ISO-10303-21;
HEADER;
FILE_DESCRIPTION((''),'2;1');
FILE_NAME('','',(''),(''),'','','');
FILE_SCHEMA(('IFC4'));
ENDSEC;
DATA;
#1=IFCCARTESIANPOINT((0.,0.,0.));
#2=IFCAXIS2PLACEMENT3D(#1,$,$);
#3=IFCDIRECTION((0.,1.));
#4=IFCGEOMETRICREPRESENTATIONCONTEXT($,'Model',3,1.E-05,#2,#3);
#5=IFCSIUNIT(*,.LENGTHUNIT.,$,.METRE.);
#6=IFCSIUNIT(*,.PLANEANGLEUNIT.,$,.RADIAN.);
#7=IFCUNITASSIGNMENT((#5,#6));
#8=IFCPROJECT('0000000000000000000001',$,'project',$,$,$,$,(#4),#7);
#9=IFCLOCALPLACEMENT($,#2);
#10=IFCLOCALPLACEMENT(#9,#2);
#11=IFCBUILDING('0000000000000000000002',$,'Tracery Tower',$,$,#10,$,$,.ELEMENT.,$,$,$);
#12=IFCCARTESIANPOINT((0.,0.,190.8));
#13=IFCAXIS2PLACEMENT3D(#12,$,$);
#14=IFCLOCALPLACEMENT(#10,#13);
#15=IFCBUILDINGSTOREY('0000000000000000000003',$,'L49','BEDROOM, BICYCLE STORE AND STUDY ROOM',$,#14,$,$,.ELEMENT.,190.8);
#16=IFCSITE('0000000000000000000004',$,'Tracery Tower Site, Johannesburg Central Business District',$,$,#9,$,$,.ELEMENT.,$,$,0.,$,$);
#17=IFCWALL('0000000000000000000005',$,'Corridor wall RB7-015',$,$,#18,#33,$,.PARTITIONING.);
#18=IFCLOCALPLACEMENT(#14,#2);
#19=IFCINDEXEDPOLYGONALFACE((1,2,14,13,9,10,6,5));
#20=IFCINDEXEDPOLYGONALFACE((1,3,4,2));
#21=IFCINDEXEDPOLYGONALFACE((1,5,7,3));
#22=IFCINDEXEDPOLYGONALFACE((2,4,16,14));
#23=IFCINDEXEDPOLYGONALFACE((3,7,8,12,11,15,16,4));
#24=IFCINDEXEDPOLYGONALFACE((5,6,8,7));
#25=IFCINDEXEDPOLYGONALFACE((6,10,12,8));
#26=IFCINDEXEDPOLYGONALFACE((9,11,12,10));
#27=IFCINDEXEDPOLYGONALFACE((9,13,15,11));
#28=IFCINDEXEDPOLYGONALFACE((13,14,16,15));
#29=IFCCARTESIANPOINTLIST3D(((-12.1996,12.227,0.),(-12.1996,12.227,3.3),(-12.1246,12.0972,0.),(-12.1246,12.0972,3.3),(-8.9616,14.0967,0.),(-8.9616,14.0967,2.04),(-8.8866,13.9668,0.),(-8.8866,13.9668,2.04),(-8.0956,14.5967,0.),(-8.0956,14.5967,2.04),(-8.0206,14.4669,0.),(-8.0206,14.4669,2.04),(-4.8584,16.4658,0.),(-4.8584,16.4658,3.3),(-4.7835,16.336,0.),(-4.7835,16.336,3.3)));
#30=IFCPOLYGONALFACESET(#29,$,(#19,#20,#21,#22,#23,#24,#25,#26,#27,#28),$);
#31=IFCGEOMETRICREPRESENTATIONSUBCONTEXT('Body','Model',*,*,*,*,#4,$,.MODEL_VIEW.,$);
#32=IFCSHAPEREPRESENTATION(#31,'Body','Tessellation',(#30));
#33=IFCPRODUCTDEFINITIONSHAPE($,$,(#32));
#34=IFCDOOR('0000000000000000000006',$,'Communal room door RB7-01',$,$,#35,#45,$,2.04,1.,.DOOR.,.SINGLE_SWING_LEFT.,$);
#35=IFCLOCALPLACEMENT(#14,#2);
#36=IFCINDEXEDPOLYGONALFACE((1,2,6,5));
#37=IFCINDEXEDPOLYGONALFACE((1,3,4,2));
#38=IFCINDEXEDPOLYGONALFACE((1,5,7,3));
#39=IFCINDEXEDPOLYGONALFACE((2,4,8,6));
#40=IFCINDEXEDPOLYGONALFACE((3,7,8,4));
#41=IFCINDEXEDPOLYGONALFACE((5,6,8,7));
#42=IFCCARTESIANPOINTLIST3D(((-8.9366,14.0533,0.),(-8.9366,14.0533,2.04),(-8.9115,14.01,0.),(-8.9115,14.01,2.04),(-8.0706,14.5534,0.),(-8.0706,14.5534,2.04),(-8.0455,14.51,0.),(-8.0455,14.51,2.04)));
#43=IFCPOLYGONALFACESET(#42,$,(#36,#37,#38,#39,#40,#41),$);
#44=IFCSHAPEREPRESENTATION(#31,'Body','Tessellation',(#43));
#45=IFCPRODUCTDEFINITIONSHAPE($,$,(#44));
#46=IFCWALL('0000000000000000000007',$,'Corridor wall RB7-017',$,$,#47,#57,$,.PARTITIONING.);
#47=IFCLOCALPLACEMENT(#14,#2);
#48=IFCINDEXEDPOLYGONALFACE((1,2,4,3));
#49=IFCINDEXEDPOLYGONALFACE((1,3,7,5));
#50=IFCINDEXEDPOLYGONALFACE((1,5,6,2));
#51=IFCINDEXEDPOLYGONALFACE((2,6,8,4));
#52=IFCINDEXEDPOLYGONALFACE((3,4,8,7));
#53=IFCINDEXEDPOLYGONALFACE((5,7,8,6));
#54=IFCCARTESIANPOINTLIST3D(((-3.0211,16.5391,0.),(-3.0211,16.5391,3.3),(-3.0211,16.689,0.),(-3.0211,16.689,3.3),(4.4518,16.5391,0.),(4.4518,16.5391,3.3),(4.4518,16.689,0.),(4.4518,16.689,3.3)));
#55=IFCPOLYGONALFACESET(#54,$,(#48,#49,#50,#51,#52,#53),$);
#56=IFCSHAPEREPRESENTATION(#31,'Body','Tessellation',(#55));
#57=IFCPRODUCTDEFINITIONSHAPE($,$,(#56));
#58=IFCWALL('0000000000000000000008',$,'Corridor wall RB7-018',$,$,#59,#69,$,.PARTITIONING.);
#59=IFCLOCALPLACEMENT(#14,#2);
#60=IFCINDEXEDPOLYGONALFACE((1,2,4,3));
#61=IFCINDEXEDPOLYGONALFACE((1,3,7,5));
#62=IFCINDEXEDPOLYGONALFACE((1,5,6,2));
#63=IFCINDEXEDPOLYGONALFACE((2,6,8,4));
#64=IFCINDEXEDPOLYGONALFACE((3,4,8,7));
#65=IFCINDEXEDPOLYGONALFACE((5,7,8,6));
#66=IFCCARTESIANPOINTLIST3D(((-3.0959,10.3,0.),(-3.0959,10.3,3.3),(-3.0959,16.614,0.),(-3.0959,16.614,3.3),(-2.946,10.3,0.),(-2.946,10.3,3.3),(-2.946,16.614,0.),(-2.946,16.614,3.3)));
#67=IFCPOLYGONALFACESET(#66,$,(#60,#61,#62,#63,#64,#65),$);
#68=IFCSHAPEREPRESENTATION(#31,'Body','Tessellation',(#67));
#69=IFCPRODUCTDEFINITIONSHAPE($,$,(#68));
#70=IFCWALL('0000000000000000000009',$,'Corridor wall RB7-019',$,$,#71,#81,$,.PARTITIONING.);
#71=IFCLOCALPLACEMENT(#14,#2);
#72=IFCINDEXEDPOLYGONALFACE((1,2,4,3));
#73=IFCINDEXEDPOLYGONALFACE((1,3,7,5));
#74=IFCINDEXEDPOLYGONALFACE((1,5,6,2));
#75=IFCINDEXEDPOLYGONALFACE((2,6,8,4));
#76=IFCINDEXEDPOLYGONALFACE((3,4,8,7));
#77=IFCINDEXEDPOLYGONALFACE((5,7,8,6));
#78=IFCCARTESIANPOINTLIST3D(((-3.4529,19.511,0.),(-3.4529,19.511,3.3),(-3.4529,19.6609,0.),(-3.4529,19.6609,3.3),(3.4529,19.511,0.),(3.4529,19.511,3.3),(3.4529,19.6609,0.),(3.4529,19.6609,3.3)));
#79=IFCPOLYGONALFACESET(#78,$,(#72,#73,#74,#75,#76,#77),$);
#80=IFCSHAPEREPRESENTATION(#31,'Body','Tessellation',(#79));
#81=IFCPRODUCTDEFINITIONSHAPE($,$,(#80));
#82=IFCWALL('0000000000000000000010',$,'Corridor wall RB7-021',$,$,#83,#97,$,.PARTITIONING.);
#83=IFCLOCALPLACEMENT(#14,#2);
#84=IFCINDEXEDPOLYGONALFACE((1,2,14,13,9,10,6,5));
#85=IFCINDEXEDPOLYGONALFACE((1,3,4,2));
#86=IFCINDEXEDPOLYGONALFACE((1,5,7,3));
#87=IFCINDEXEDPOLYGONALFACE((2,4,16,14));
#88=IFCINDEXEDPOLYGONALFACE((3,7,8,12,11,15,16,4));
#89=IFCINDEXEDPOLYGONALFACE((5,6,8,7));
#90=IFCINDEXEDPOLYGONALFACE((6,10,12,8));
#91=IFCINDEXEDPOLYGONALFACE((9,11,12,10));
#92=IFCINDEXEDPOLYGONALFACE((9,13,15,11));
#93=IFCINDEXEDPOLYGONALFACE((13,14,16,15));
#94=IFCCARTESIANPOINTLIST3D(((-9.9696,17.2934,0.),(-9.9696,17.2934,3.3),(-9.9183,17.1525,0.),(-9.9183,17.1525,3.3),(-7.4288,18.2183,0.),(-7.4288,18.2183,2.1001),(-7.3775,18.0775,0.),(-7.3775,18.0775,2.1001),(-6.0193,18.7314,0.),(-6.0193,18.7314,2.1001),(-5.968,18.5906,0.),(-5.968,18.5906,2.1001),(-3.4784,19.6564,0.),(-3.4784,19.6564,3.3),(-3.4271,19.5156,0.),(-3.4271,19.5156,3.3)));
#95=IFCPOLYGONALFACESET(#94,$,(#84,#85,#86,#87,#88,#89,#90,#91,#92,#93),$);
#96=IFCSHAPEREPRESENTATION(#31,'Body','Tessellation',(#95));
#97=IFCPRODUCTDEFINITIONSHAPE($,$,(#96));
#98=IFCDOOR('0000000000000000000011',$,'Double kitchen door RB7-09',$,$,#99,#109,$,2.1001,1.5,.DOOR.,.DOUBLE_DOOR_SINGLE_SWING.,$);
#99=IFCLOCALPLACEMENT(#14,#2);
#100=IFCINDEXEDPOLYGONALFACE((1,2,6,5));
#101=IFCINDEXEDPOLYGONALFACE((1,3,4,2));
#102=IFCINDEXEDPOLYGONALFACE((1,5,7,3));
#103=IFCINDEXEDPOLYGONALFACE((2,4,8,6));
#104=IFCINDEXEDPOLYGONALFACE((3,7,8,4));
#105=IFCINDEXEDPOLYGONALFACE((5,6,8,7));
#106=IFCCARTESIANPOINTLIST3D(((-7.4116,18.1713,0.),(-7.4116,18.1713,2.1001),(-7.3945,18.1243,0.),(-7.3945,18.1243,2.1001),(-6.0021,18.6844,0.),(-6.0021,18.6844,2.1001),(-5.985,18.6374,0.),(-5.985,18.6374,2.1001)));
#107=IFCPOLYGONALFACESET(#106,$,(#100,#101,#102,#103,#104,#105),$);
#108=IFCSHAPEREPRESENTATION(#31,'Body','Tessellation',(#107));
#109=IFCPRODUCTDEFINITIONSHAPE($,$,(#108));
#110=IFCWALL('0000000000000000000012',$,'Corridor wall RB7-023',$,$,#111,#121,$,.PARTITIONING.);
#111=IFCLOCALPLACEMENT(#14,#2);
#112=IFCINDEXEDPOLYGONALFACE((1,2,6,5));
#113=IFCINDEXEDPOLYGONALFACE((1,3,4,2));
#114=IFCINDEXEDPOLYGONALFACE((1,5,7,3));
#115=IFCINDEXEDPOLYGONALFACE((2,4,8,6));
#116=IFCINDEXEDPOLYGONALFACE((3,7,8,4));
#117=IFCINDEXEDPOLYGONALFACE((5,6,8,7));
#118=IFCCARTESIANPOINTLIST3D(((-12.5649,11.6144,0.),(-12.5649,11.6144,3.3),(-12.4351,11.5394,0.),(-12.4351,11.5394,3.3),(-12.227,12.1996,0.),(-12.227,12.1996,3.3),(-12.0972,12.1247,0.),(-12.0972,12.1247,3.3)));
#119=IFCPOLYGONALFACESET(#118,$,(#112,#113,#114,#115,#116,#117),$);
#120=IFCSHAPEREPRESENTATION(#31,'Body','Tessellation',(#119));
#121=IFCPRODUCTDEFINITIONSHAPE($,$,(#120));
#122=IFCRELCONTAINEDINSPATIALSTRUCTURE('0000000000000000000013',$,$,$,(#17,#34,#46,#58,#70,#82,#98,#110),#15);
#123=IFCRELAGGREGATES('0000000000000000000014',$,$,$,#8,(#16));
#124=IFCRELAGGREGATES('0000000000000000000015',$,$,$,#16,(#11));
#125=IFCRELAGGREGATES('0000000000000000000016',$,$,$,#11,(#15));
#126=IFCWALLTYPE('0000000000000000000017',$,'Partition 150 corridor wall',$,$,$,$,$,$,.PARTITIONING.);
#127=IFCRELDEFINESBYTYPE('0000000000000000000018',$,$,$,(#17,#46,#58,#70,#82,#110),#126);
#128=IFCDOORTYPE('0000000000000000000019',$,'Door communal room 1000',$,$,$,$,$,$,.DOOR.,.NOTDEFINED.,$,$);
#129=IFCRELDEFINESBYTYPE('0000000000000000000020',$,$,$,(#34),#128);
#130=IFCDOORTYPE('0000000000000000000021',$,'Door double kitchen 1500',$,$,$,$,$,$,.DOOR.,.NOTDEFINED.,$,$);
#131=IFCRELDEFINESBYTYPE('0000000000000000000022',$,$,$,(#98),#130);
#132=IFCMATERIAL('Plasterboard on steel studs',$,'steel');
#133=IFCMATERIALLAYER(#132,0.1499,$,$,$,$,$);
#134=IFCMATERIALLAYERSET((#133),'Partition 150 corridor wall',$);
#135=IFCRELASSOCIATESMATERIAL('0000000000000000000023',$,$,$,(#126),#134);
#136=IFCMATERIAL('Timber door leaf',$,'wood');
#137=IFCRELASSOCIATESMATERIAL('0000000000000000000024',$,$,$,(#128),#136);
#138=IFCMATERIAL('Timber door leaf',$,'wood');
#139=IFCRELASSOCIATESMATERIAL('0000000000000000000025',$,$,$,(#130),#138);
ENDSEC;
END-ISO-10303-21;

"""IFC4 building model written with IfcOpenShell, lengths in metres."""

from ifc_helpers import new_model, si_unit, direction, frame, frame_2d, origin, place, context, subcontext, project, spatial, rectangle, extrude, material, layer, layer_set, type_object, element, fill, save


model = new_model("IFC4")

# Units and contexts
model_context = context("Model", 3, precision=1e-05, world=origin(), true_north=direction((0.0, 1.0)))
body_context = subcontext(model_context, "Body", "Model", "MODEL_VIEW")
ifc_project = project(units=[si_unit("LENGTHUNIT", "METRE"), si_unit("PLANEANGLEUNIT", "RADIAN")], contexts=[model_context])

# Site, building, storey
site_placement = place(None, origin())
site = spatial("IfcSite", under=ifc_project, at=site_placement, Name="Tracery Tower Site, Johannesburg Central Business District", CompositionType="ELEMENT", RefElevation=0.0)
building_placement = place(site_placement, origin())
building = spatial("IfcBuilding", under=site, at=building_placement, Name="Tracery Tower", CompositionType="ELEMENT")
storey_placement = place(building_placement, frame((0.0, 0.0, 190.8)))
storey = spatial("IfcBuildingStorey", under=building, at=storey_placement, Name="L49", Description="BEDROOM, BICYCLE STORE AND STUDY ROOM", CompositionType="ELEMENT", Elevation=190.8)

# Shared definitions
ifc_material_1 = material(Name="Plasterboard on steel studs", Category="steel")
ifc_layer_1 = layer(ifc_material_1, 0.1499)
ifc_layer_set_1 = layer_set([ifc_layer_1], Name="Partition 150 corridor wall")
wall_type_1 = type_object("IfcWallType", Name="Partition 150 corridor wall", PredefinedType="PARTITIONING", material=ifc_layer_set_1)

# Wall, opening, door
wall_1_placement = place(storey_placement, frame((-12.1621, 12.1621, 0.0), z_axis=(0.0, 0.0, 1.0), x_axis=(0.866005, 0.500036, 0.0)))
wall_1 = element("IfcWall", 1, at=wall_1_placement, inside=storey, type_object=wall_type_1, Name="Corridor wall RB7-015", PredefinedType="PARTITIONING", context=body_context, shape_type="SweptSolid", body=[
    extrude(rectangle(XDim=8.4771, YDim=0.1499, at=frame_2d((4.2385, 0.0))), origin(), (0.0, 0.0, 1.0), 3.3),
])
opening_1_placement = place(wall_1_placement, frame((3.739, 0.0, 0.0)))
opening_1 = element("IfcOpeningElement", 2, at=opening_1_placement, cuts=wall_1, PredefinedType="OPENING", context=body_context, shape_type="SweptSolid", body=[
    extrude(rectangle(XDim=1.0, YDim=2.04, at=frame_2d((0.5, 1.02))), frame((0.0, 0.075, 0.0), z_axis=(0.0, -1.0, 0.0), x_axis=(1.0, 0.0, 0.0)), (0.0, 0.0, 1.0), 0.1499),
])
ifc_material_2 = material(Name="Timber door leaf", Category="wood")
door_type_1 = type_object("IfcDoorType", Name="Door communal room 1000", OperationType="NOTDEFINED", PredefinedType="DOOR", material=ifc_material_2)
door_1_placement = place(opening_1_placement, origin())
door_1 = element("IfcDoor", 3, at=door_1_placement, inside=storey, type_object=door_type_1, Name="Communal room door RB7-01", OperationType="SINGLE_SWING_LEFT", OverallHeight=2.04, OverallWidth=1.0, PredefinedType="DOOR", context=body_context, shape_type="SweptSolid", body=[
    extrude(rectangle(XDim=1.0, YDim=2.04, at=frame_2d((0.5, 1.02))), frame((0.0, 0.0249, 0.0), z_axis=(0.0, -1.0, 0.0), x_axis=(1.0, 0.0, 0.0)), (0.0, 0.0, 1.0), 0.05),
])
fill(opening_1, door_1)

# Walls
wall_2_placement = place(storey_placement, frame((-3.021, 16.614, 0.0), z_axis=(0.0, 0.0, 1.0), x_axis=(1.0, 0.0, 0.0)))
element("IfcWall", 4, at=wall_2_placement, inside=storey, type_object=wall_type_1, Name="Corridor wall RB7-017", PredefinedType="PARTITIONING", context=body_context, shape_type="SweptSolid", body=[
    extrude(rectangle(XDim=7.4729, YDim=0.1499, at=frame_2d((3.7363, 0.0))), origin(), (0.0, 0.0, 1.0), 3.3),
])
wall_3_placement = place(storey_placement, frame((-3.021, 10.3, 0.0), z_axis=(0.0, 0.0, 1.0), x_axis=(0.0, 1.0, 0.0)))
element("IfcWall", 5, at=wall_3_placement, inside=storey, type_object=wall_type_1, Name="Corridor wall RB7-018", PredefinedType="PARTITIONING", context=body_context, shape_type="SweptSolid", body=[
    extrude(rectangle(XDim=6.314, YDim=0.1499, at=frame_2d((3.157, 0.0))), origin(), (0.0, 0.0, 1.0), 3.3),
])
wall_4_placement = place(storey_placement, frame((-3.4529, 19.5859, 0.0), z_axis=(0.0, 0.0, 1.0), x_axis=(1.0, 0.0, 0.0)))
element("IfcWall", 6, at=wall_4_placement, inside=storey, type_object=wall_type_1, Name="Corridor wall RB7-019", PredefinedType="PARTITIONING", context=body_context, shape_type="SweptSolid", body=[
    extrude(rectangle(XDim=6.9058, YDim=0.1499, at=frame_2d((3.4529, 0.0))), origin(), (0.0, 0.0, 1.0), 3.3),
])

# Wall, opening, door
wall_5_placement = place(storey_placement, frame((-9.9441, 17.2229, 0.0), z_axis=(0.0, 0.0, 1.0), x_axis=(0.939673, 0.342075, 0.0)))
wall_5 = element("IfcWall", 7, at=wall_5_placement, inside=storey, type_object=wall_type_1, Name="Corridor wall RB7-021", PredefinedType="PARTITIONING", context=body_context, shape_type="SweptSolid", body=[
    extrude(rectangle(XDim=6.908, YDim=0.1499, at=frame_2d((3.4541, 0.0))), origin(), (0.0, 0.0, 1.0), 3.3),
])
opening_2_placement = place(wall_5_placement, frame((2.7041, 0.0, 0.0)))
opening_2 = element("IfcOpeningElement", 8, at=opening_2_placement, cuts=wall_5, PredefinedType="OPENING", context=body_context, shape_type="SweptSolid", body=[
    extrude(rectangle(XDim=1.5, YDim=2.1001, at=frame_2d((0.75, 1.05))), frame((0.0, 0.075, 0.0), z_axis=(0.0, -1.0, 0.0), x_axis=(1.0, 0.0, 0.0)), (0.0, 0.0, 1.0), 0.1499),
])
ifc_material_3 = material(Name="Timber door leaf", Category="wood")
door_type_2 = type_object("IfcDoorType", Name="Door double kitchen 1500", OperationType="NOTDEFINED", PredefinedType="DOOR", material=ifc_material_3)
door_2_placement = place(opening_2_placement, origin())
door_2 = element("IfcDoor", 9, at=door_2_placement, inside=storey, type_object=door_type_2, Name="Double kitchen door RB7-09", OperationType="DOUBLE_DOOR_SINGLE_SWING", OverallHeight=2.1001, OverallWidth=1.5, PredefinedType="DOOR", context=body_context, shape_type="SweptSolid", body=[
    extrude(rectangle(XDim=1.5, YDim=2.1001, at=frame_2d((0.75, 1.05))), frame((0.0, 0.0249, 0.0), z_axis=(0.0, -1.0, 0.0), x_axis=(1.0, 0.0, 0.0)), (0.0, 0.0, 1.0), 0.05),
])
fill(opening_2, door_2)

# Wall
wall_6_placement = place(storey_placement, frame((-12.5, 11.5769, 0.0), z_axis=(0.0, 0.0, 1.0), x_axis=(0.500025, 0.866011, 0.0)))
element("IfcWall", 10, at=wall_6_placement, inside=storey, type_object=wall_type_1, Name="Corridor wall RB7-023", PredefinedType="PARTITIONING", context=body_context, shape_type="SweptSolid", body=[
    extrude(rectangle(XDim=0.6758, YDim=0.1499, at=frame_2d((0.3379, 0.0))), origin(), (0.0, 0.0, 1.0), 3.3),
])

save(model, "model.ifc")
